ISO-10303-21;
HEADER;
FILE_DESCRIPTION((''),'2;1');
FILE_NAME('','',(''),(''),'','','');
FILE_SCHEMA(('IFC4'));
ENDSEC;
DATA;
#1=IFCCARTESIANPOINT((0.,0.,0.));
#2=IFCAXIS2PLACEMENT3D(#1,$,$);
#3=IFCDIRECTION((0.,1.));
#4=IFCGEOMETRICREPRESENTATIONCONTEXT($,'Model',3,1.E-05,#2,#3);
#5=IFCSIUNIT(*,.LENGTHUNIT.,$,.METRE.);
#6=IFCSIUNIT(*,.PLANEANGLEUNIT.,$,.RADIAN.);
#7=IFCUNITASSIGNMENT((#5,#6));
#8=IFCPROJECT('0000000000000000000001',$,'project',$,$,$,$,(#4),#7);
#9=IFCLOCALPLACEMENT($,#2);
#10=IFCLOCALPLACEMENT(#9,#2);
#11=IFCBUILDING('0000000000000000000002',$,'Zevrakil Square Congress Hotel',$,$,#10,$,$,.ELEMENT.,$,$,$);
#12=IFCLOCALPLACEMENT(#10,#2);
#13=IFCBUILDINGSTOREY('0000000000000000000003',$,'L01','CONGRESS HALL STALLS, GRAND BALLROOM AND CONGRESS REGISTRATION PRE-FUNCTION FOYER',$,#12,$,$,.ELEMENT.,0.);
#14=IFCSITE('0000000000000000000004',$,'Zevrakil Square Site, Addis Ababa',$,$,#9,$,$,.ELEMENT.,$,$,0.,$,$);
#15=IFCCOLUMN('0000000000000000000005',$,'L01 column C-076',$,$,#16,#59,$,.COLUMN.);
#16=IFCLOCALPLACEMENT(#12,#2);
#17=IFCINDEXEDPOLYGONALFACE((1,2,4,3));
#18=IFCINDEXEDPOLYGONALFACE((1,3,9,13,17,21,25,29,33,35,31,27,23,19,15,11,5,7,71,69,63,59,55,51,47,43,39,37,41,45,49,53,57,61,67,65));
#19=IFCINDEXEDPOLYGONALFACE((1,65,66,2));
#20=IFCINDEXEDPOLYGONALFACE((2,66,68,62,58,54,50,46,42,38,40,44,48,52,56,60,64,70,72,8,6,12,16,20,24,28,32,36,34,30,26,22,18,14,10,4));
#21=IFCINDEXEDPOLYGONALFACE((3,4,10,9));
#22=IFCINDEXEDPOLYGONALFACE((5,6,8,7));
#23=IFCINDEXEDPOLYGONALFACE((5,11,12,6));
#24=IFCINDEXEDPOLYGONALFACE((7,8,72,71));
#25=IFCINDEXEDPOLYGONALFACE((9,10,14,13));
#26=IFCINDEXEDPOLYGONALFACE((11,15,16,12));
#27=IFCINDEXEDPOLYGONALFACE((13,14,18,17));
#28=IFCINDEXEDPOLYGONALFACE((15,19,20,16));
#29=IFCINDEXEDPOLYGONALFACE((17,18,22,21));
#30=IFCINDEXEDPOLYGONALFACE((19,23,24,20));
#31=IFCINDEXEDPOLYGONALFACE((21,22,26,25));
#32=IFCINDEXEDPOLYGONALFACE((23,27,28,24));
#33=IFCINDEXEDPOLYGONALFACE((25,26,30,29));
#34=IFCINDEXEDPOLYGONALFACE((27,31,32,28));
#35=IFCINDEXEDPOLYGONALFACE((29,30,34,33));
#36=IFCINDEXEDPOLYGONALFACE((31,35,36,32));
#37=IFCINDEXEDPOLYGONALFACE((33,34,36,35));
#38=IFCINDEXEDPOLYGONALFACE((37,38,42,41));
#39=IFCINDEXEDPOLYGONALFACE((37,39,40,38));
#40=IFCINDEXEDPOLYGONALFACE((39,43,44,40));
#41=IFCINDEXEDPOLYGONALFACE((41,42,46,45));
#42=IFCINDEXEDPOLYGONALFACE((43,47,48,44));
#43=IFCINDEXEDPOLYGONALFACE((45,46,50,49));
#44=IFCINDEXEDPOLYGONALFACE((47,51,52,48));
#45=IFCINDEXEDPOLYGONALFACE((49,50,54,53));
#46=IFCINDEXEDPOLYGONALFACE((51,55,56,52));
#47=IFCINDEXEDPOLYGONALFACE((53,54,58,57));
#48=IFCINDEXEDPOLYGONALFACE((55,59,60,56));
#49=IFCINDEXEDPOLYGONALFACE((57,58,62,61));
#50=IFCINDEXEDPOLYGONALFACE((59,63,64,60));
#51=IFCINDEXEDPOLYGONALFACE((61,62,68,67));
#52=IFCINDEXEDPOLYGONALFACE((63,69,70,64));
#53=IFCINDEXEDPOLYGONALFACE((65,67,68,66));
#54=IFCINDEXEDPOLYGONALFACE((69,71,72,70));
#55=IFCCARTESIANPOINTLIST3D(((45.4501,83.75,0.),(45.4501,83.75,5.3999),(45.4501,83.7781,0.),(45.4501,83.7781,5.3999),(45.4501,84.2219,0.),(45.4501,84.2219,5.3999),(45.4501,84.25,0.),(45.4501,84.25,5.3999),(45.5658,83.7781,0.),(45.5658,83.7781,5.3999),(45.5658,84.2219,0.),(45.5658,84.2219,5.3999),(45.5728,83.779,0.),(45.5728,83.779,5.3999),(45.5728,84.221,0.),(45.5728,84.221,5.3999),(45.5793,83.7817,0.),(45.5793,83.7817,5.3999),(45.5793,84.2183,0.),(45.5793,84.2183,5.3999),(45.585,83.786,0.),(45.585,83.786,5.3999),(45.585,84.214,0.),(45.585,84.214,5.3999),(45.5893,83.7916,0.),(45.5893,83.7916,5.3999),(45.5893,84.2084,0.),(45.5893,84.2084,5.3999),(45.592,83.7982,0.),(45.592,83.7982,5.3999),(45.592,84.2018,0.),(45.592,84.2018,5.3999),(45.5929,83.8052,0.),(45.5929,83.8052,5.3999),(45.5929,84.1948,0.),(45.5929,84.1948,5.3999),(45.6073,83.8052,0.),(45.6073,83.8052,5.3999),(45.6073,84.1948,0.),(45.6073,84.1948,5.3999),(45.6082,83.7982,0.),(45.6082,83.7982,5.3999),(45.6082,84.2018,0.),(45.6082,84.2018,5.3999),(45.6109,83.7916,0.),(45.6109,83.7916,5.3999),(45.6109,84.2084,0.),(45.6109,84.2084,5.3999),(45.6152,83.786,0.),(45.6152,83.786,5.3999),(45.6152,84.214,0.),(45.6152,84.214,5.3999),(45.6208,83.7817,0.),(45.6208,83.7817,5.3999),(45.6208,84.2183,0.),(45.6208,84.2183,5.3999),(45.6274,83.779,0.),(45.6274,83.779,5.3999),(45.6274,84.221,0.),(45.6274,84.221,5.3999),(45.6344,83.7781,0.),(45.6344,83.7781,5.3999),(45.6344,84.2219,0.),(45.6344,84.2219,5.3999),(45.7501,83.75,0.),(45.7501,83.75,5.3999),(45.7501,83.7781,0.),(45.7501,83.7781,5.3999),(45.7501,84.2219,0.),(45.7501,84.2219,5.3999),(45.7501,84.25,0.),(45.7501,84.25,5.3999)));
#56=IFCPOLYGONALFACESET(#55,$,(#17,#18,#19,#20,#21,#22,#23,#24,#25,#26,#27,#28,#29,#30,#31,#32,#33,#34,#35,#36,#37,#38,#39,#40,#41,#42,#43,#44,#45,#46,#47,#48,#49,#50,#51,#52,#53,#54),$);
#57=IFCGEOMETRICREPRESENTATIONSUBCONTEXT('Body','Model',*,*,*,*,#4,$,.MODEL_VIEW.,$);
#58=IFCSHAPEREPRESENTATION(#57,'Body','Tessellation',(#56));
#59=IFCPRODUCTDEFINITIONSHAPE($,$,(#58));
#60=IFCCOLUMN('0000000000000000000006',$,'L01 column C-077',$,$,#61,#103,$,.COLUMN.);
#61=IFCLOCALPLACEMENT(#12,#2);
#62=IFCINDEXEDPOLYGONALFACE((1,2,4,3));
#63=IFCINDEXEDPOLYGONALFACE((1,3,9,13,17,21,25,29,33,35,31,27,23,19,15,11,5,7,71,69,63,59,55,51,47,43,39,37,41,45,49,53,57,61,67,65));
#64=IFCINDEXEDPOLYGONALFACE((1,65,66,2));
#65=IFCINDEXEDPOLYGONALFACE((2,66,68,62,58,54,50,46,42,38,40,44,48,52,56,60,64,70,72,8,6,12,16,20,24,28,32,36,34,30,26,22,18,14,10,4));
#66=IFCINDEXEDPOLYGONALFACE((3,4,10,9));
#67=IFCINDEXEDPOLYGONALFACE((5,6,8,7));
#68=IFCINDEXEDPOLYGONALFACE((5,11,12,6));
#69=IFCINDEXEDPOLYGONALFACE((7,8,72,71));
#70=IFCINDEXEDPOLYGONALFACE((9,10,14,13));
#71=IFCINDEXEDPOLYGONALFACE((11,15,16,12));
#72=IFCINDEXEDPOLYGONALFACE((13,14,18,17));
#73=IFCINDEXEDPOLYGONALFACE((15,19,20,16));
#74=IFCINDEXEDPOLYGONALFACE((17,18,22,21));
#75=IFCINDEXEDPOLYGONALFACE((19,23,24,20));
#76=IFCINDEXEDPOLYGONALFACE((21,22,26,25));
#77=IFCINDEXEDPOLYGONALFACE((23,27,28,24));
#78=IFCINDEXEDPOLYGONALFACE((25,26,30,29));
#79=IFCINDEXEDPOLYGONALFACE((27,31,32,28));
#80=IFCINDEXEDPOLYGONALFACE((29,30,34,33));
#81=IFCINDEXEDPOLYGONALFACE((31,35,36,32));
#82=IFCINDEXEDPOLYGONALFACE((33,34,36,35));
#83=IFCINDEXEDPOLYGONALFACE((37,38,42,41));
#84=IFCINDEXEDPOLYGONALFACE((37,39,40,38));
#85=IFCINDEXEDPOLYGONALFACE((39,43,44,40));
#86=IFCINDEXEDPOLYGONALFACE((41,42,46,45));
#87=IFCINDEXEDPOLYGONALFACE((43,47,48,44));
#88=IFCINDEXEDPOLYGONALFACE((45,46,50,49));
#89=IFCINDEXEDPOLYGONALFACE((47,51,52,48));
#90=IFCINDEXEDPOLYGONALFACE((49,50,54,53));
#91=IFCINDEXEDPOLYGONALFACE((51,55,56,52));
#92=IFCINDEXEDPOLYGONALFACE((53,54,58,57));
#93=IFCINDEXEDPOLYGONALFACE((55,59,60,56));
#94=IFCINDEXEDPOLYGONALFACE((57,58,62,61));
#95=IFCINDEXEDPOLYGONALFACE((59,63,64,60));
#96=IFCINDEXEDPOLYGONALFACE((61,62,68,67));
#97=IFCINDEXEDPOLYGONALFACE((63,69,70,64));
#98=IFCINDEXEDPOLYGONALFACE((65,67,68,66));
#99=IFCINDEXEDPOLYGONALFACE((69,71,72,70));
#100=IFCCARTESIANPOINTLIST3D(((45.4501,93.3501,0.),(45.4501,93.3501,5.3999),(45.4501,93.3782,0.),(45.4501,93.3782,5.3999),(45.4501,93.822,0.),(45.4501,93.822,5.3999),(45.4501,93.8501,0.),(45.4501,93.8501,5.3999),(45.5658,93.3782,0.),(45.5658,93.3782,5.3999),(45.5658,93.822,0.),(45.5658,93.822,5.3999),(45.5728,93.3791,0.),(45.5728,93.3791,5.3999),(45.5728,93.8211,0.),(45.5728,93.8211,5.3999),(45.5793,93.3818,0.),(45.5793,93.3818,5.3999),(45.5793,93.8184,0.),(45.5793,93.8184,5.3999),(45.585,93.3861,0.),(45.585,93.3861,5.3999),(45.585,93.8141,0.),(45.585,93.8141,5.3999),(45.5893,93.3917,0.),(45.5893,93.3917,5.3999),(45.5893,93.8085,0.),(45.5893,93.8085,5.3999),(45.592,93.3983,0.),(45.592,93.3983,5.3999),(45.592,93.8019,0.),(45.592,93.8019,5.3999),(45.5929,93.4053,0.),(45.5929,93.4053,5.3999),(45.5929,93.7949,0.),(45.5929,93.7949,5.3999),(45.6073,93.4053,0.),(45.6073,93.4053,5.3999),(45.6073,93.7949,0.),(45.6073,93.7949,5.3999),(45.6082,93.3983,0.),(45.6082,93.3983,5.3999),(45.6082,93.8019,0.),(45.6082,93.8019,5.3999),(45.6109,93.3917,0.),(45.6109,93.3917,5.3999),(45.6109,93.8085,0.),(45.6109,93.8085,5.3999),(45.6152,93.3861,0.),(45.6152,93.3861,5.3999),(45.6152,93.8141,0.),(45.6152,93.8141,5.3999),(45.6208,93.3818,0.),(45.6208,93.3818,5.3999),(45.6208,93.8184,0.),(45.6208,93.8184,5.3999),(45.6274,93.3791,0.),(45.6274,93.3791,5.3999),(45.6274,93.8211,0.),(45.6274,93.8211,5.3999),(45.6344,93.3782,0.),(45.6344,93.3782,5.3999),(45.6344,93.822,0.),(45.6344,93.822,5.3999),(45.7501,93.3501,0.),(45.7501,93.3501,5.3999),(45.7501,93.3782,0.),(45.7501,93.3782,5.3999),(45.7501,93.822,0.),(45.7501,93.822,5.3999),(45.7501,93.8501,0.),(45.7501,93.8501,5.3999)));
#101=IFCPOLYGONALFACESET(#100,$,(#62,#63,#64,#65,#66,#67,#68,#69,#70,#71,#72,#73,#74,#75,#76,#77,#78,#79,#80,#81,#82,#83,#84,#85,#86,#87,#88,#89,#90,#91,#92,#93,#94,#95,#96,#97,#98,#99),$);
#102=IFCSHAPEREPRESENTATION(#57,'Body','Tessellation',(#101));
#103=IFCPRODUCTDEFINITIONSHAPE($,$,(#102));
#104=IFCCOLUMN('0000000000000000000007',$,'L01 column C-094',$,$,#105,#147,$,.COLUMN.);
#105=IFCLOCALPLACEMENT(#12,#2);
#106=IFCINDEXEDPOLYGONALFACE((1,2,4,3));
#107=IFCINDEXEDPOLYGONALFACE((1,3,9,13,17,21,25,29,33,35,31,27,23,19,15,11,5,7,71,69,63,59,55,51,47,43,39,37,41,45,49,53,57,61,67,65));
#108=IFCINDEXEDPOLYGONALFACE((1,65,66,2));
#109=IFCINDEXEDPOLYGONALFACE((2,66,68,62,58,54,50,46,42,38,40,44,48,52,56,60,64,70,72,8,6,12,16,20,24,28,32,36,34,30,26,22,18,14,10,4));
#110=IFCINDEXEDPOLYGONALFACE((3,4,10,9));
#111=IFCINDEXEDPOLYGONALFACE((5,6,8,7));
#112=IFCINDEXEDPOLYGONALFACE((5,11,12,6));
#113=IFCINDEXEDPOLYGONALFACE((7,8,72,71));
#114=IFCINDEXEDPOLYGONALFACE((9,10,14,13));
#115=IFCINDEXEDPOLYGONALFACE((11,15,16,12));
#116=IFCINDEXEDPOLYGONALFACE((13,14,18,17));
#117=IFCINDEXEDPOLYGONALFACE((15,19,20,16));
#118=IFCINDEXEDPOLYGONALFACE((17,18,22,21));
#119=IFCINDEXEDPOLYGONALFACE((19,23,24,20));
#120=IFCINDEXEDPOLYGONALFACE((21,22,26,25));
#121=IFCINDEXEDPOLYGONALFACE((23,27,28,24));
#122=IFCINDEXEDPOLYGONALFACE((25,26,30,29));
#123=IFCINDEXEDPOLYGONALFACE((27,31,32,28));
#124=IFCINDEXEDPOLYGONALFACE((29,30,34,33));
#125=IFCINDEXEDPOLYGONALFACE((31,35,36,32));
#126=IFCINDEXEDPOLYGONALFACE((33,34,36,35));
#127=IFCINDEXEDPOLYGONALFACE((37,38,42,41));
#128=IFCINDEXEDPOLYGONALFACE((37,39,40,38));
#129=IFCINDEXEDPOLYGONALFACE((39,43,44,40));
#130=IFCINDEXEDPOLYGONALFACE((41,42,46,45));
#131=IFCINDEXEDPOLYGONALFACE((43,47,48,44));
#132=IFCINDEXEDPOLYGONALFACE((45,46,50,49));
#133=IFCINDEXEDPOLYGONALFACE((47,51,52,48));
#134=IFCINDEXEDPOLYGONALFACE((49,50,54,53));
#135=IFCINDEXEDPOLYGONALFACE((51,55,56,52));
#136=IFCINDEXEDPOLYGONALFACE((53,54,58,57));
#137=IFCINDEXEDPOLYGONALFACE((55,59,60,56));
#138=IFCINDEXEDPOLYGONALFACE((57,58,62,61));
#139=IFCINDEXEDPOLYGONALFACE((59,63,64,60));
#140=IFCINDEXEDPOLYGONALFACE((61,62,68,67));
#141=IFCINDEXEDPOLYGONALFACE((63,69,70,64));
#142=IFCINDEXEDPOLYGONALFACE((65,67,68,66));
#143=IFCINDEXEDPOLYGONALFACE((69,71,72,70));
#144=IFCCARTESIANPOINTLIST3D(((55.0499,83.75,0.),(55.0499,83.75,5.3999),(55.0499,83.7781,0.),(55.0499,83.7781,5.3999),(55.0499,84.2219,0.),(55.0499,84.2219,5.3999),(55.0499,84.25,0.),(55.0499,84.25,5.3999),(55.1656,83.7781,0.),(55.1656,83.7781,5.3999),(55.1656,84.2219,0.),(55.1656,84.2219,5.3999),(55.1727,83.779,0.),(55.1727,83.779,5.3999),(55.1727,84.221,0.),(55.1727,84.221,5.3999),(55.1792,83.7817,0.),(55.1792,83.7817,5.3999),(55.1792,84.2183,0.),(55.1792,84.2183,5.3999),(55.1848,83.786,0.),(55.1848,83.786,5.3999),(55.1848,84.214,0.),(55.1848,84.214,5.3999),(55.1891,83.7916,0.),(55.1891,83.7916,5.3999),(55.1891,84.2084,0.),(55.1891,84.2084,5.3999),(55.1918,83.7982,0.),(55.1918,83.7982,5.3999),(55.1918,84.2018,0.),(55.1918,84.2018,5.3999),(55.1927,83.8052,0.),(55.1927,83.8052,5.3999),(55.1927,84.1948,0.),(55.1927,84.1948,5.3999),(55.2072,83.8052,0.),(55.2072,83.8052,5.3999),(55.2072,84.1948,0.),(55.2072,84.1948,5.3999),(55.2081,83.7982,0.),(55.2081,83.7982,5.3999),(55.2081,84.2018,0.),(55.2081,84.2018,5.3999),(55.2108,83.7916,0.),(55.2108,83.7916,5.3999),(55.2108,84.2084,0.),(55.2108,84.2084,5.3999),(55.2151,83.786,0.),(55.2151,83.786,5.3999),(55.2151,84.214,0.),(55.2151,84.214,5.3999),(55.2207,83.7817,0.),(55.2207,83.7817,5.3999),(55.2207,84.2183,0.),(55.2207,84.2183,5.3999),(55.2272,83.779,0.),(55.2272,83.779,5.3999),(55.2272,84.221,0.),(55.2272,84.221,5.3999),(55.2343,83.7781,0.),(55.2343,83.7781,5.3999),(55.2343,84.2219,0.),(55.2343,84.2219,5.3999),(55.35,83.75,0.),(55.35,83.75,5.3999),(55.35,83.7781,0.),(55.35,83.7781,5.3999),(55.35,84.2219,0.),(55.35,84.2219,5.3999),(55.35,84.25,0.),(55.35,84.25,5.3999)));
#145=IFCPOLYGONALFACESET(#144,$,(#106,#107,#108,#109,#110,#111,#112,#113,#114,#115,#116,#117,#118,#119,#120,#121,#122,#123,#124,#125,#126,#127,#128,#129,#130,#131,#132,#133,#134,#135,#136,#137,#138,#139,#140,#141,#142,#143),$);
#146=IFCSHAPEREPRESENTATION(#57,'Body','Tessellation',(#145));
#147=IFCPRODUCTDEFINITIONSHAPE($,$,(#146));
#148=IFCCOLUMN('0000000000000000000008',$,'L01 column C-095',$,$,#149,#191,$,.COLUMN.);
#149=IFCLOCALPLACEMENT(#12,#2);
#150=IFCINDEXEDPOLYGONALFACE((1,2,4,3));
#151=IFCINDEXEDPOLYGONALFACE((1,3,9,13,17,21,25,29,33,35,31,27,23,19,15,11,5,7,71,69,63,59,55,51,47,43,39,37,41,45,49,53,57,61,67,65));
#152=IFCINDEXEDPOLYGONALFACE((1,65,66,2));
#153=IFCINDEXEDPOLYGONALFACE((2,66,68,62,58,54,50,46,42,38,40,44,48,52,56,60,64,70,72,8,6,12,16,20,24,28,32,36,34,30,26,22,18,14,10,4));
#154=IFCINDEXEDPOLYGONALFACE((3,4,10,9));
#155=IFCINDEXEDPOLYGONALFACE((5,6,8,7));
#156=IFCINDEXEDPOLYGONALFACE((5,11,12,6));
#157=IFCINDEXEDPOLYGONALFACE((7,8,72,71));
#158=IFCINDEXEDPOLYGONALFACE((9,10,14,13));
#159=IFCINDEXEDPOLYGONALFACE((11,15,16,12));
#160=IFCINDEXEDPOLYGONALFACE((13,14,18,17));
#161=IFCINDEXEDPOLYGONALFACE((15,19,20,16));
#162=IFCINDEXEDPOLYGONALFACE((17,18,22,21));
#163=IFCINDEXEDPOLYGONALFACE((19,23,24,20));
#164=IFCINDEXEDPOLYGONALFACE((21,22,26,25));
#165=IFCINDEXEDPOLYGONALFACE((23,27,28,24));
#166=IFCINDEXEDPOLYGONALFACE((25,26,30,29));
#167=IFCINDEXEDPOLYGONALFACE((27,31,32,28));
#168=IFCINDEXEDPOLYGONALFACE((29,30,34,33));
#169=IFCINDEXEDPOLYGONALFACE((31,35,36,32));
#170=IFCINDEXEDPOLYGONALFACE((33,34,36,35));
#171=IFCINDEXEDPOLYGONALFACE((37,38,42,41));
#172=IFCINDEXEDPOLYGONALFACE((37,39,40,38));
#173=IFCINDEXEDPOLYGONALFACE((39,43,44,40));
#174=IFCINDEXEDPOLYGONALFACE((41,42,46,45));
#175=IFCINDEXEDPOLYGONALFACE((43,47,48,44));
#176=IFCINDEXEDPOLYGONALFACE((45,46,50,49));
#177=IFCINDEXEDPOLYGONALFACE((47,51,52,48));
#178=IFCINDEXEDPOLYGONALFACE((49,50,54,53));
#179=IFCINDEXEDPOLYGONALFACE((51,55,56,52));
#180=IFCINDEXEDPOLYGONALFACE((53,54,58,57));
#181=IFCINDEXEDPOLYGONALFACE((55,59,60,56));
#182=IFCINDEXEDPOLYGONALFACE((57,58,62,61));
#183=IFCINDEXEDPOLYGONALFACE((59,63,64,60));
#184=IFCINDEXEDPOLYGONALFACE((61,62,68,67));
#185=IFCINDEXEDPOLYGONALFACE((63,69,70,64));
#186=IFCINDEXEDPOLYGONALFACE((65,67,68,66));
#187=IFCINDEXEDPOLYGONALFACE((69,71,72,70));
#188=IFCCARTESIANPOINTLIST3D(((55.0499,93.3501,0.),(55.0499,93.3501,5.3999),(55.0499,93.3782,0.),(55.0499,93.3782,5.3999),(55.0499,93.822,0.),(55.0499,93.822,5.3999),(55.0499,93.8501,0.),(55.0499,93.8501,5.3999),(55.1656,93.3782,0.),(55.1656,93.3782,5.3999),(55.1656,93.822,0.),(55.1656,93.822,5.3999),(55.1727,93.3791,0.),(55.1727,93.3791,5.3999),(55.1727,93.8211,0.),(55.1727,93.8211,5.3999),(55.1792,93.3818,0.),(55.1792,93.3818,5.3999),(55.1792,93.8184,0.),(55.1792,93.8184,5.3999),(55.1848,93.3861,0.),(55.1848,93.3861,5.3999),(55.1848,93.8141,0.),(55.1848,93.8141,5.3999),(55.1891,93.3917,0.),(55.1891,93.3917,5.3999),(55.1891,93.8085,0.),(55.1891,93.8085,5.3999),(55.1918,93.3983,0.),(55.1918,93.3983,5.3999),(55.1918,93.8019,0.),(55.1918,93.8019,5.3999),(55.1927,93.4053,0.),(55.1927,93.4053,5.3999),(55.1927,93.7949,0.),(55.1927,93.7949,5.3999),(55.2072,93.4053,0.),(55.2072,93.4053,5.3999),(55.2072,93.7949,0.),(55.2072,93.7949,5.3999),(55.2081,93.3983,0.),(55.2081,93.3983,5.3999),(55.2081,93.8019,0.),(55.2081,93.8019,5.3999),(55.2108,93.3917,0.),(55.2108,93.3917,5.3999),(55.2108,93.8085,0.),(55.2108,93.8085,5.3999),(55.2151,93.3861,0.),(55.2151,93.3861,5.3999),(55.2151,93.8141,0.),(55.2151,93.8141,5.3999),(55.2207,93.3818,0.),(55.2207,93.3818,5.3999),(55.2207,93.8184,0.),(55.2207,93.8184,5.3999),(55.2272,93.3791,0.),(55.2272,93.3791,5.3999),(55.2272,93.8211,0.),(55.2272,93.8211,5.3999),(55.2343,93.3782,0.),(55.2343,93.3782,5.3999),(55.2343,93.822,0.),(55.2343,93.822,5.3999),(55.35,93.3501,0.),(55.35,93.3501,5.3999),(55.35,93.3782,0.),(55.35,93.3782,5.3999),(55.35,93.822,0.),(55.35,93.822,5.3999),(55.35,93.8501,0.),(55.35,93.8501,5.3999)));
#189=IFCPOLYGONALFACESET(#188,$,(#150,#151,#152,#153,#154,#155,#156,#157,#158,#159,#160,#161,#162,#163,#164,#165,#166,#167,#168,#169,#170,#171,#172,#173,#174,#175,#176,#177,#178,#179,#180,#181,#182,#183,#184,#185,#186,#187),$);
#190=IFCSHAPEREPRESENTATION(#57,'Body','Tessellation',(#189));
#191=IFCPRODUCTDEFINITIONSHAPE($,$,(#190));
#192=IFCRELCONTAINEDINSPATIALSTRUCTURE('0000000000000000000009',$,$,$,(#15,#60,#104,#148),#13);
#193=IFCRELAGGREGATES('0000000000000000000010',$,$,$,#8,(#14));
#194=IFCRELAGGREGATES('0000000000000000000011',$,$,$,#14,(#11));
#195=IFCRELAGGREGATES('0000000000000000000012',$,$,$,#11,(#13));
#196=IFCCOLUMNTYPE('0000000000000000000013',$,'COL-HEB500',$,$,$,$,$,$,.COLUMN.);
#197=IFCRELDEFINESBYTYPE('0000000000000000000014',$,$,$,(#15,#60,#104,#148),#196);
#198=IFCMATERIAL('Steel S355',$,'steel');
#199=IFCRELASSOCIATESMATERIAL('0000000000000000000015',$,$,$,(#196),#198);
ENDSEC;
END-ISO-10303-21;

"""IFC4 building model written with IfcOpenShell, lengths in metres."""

from ifc_helpers import new_model, si_unit, direction, frame, origin, origin_2d, place, context, subcontext, project, spatial, i_section, extrude, material, material_profile, profile_set, type_object, element, save


model = new_model("IFC4")

# Units and contexts
model_context = context("Model", 3, precision=1e-05, world=origin(), true_north=direction((0.0, 1.0)))
body_context = subcontext(model_context, "Body", "Model", "MODEL_VIEW")
ifc_project = project(units=[si_unit("LENGTHUNIT", "METRE"), si_unit("PLANEANGLEUNIT", "RADIAN")], contexts=[model_context])

# Site, building, storey
site_placement = place(None, origin())
site = spatial("IfcSite", under=ifc_project, at=site_placement, Name="Zevrakil Square Site, Addis Ababa", CompositionType="ELEMENT", RefElevation=0.0)
building_placement = place(site_placement, origin())
building = spatial("IfcBuilding", under=site, at=building_placement, Name="Zevrakil Square Congress Hotel", CompositionType="ELEMENT")
storey_placement = place(building_placement, origin())
storey = spatial("IfcBuildingStorey", under=building, at=storey_placement, Name="L01", Description="CONGRESS HALL STALLS, GRAND BALLROOM AND CONGRESS REGISTRATION PRE-FUNCTION FOYER", CompositionType="ELEMENT", Elevation=0.0)

# Columns
ifc_material_1 = material(Name="Steel S355", Category="steel")
ifc_material_profile_1 = material_profile(ifc_material_1, i_section(OverallWidth=0.3, OverallDepth=0.5, WebThickness=0.0144, FlangeThickness=0.0281, FilletRadius=0.0271, at=origin_2d()), Name="HEB 500")
ifc_profile_set_1 = profile_set([ifc_material_profile_1], Name="Steel S355")
column_type_1 = type_object("IfcColumnType", Name="COL-HEB500", PredefinedType="COLUMN", material=ifc_profile_set_1)
for number, where, z_axis, x_axis, name in (
    (1, (45.6001, 84.0, 0.0), (0.0, 0.0, 1.0), (1.0, 0.0, 0.0), "L01 column C-076"),
    (2, (45.6001, 93.6001, 0.0), (0.0, 0.0, 1.0), (1.0, 0.0, 0.0), "L01 column C-077"),
    (3, (55.2, 84.0, 0.0), (0.0, 0.0, 1.0), (1.0, 0.0, 0.0), "L01 column C-094"),
    (4, (55.2, 93.6001, 0.0), (0.0, 0.0, 1.0), (1.0, 0.0, 0.0), "L01 column C-095"),
):
    element("IfcColumn", number, at=place(storey_placement, frame(where, z_axis=z_axis, x_axis=x_axis)), inside=storey, type_object=column_type_1, Name=name, PredefinedType="COLUMN", context=body_context, shape_type="SweptSolid", body=[
        extrude(i_section(OverallWidth=0.3, OverallDepth=0.5, WebThickness=0.0144, FlangeThickness=0.0281, FilletRadius=0.0271, at=origin_2d()), origin(), (0.0, 0.0, 1.0), 5.3999),
    ])

save(model, "model.ifc")
